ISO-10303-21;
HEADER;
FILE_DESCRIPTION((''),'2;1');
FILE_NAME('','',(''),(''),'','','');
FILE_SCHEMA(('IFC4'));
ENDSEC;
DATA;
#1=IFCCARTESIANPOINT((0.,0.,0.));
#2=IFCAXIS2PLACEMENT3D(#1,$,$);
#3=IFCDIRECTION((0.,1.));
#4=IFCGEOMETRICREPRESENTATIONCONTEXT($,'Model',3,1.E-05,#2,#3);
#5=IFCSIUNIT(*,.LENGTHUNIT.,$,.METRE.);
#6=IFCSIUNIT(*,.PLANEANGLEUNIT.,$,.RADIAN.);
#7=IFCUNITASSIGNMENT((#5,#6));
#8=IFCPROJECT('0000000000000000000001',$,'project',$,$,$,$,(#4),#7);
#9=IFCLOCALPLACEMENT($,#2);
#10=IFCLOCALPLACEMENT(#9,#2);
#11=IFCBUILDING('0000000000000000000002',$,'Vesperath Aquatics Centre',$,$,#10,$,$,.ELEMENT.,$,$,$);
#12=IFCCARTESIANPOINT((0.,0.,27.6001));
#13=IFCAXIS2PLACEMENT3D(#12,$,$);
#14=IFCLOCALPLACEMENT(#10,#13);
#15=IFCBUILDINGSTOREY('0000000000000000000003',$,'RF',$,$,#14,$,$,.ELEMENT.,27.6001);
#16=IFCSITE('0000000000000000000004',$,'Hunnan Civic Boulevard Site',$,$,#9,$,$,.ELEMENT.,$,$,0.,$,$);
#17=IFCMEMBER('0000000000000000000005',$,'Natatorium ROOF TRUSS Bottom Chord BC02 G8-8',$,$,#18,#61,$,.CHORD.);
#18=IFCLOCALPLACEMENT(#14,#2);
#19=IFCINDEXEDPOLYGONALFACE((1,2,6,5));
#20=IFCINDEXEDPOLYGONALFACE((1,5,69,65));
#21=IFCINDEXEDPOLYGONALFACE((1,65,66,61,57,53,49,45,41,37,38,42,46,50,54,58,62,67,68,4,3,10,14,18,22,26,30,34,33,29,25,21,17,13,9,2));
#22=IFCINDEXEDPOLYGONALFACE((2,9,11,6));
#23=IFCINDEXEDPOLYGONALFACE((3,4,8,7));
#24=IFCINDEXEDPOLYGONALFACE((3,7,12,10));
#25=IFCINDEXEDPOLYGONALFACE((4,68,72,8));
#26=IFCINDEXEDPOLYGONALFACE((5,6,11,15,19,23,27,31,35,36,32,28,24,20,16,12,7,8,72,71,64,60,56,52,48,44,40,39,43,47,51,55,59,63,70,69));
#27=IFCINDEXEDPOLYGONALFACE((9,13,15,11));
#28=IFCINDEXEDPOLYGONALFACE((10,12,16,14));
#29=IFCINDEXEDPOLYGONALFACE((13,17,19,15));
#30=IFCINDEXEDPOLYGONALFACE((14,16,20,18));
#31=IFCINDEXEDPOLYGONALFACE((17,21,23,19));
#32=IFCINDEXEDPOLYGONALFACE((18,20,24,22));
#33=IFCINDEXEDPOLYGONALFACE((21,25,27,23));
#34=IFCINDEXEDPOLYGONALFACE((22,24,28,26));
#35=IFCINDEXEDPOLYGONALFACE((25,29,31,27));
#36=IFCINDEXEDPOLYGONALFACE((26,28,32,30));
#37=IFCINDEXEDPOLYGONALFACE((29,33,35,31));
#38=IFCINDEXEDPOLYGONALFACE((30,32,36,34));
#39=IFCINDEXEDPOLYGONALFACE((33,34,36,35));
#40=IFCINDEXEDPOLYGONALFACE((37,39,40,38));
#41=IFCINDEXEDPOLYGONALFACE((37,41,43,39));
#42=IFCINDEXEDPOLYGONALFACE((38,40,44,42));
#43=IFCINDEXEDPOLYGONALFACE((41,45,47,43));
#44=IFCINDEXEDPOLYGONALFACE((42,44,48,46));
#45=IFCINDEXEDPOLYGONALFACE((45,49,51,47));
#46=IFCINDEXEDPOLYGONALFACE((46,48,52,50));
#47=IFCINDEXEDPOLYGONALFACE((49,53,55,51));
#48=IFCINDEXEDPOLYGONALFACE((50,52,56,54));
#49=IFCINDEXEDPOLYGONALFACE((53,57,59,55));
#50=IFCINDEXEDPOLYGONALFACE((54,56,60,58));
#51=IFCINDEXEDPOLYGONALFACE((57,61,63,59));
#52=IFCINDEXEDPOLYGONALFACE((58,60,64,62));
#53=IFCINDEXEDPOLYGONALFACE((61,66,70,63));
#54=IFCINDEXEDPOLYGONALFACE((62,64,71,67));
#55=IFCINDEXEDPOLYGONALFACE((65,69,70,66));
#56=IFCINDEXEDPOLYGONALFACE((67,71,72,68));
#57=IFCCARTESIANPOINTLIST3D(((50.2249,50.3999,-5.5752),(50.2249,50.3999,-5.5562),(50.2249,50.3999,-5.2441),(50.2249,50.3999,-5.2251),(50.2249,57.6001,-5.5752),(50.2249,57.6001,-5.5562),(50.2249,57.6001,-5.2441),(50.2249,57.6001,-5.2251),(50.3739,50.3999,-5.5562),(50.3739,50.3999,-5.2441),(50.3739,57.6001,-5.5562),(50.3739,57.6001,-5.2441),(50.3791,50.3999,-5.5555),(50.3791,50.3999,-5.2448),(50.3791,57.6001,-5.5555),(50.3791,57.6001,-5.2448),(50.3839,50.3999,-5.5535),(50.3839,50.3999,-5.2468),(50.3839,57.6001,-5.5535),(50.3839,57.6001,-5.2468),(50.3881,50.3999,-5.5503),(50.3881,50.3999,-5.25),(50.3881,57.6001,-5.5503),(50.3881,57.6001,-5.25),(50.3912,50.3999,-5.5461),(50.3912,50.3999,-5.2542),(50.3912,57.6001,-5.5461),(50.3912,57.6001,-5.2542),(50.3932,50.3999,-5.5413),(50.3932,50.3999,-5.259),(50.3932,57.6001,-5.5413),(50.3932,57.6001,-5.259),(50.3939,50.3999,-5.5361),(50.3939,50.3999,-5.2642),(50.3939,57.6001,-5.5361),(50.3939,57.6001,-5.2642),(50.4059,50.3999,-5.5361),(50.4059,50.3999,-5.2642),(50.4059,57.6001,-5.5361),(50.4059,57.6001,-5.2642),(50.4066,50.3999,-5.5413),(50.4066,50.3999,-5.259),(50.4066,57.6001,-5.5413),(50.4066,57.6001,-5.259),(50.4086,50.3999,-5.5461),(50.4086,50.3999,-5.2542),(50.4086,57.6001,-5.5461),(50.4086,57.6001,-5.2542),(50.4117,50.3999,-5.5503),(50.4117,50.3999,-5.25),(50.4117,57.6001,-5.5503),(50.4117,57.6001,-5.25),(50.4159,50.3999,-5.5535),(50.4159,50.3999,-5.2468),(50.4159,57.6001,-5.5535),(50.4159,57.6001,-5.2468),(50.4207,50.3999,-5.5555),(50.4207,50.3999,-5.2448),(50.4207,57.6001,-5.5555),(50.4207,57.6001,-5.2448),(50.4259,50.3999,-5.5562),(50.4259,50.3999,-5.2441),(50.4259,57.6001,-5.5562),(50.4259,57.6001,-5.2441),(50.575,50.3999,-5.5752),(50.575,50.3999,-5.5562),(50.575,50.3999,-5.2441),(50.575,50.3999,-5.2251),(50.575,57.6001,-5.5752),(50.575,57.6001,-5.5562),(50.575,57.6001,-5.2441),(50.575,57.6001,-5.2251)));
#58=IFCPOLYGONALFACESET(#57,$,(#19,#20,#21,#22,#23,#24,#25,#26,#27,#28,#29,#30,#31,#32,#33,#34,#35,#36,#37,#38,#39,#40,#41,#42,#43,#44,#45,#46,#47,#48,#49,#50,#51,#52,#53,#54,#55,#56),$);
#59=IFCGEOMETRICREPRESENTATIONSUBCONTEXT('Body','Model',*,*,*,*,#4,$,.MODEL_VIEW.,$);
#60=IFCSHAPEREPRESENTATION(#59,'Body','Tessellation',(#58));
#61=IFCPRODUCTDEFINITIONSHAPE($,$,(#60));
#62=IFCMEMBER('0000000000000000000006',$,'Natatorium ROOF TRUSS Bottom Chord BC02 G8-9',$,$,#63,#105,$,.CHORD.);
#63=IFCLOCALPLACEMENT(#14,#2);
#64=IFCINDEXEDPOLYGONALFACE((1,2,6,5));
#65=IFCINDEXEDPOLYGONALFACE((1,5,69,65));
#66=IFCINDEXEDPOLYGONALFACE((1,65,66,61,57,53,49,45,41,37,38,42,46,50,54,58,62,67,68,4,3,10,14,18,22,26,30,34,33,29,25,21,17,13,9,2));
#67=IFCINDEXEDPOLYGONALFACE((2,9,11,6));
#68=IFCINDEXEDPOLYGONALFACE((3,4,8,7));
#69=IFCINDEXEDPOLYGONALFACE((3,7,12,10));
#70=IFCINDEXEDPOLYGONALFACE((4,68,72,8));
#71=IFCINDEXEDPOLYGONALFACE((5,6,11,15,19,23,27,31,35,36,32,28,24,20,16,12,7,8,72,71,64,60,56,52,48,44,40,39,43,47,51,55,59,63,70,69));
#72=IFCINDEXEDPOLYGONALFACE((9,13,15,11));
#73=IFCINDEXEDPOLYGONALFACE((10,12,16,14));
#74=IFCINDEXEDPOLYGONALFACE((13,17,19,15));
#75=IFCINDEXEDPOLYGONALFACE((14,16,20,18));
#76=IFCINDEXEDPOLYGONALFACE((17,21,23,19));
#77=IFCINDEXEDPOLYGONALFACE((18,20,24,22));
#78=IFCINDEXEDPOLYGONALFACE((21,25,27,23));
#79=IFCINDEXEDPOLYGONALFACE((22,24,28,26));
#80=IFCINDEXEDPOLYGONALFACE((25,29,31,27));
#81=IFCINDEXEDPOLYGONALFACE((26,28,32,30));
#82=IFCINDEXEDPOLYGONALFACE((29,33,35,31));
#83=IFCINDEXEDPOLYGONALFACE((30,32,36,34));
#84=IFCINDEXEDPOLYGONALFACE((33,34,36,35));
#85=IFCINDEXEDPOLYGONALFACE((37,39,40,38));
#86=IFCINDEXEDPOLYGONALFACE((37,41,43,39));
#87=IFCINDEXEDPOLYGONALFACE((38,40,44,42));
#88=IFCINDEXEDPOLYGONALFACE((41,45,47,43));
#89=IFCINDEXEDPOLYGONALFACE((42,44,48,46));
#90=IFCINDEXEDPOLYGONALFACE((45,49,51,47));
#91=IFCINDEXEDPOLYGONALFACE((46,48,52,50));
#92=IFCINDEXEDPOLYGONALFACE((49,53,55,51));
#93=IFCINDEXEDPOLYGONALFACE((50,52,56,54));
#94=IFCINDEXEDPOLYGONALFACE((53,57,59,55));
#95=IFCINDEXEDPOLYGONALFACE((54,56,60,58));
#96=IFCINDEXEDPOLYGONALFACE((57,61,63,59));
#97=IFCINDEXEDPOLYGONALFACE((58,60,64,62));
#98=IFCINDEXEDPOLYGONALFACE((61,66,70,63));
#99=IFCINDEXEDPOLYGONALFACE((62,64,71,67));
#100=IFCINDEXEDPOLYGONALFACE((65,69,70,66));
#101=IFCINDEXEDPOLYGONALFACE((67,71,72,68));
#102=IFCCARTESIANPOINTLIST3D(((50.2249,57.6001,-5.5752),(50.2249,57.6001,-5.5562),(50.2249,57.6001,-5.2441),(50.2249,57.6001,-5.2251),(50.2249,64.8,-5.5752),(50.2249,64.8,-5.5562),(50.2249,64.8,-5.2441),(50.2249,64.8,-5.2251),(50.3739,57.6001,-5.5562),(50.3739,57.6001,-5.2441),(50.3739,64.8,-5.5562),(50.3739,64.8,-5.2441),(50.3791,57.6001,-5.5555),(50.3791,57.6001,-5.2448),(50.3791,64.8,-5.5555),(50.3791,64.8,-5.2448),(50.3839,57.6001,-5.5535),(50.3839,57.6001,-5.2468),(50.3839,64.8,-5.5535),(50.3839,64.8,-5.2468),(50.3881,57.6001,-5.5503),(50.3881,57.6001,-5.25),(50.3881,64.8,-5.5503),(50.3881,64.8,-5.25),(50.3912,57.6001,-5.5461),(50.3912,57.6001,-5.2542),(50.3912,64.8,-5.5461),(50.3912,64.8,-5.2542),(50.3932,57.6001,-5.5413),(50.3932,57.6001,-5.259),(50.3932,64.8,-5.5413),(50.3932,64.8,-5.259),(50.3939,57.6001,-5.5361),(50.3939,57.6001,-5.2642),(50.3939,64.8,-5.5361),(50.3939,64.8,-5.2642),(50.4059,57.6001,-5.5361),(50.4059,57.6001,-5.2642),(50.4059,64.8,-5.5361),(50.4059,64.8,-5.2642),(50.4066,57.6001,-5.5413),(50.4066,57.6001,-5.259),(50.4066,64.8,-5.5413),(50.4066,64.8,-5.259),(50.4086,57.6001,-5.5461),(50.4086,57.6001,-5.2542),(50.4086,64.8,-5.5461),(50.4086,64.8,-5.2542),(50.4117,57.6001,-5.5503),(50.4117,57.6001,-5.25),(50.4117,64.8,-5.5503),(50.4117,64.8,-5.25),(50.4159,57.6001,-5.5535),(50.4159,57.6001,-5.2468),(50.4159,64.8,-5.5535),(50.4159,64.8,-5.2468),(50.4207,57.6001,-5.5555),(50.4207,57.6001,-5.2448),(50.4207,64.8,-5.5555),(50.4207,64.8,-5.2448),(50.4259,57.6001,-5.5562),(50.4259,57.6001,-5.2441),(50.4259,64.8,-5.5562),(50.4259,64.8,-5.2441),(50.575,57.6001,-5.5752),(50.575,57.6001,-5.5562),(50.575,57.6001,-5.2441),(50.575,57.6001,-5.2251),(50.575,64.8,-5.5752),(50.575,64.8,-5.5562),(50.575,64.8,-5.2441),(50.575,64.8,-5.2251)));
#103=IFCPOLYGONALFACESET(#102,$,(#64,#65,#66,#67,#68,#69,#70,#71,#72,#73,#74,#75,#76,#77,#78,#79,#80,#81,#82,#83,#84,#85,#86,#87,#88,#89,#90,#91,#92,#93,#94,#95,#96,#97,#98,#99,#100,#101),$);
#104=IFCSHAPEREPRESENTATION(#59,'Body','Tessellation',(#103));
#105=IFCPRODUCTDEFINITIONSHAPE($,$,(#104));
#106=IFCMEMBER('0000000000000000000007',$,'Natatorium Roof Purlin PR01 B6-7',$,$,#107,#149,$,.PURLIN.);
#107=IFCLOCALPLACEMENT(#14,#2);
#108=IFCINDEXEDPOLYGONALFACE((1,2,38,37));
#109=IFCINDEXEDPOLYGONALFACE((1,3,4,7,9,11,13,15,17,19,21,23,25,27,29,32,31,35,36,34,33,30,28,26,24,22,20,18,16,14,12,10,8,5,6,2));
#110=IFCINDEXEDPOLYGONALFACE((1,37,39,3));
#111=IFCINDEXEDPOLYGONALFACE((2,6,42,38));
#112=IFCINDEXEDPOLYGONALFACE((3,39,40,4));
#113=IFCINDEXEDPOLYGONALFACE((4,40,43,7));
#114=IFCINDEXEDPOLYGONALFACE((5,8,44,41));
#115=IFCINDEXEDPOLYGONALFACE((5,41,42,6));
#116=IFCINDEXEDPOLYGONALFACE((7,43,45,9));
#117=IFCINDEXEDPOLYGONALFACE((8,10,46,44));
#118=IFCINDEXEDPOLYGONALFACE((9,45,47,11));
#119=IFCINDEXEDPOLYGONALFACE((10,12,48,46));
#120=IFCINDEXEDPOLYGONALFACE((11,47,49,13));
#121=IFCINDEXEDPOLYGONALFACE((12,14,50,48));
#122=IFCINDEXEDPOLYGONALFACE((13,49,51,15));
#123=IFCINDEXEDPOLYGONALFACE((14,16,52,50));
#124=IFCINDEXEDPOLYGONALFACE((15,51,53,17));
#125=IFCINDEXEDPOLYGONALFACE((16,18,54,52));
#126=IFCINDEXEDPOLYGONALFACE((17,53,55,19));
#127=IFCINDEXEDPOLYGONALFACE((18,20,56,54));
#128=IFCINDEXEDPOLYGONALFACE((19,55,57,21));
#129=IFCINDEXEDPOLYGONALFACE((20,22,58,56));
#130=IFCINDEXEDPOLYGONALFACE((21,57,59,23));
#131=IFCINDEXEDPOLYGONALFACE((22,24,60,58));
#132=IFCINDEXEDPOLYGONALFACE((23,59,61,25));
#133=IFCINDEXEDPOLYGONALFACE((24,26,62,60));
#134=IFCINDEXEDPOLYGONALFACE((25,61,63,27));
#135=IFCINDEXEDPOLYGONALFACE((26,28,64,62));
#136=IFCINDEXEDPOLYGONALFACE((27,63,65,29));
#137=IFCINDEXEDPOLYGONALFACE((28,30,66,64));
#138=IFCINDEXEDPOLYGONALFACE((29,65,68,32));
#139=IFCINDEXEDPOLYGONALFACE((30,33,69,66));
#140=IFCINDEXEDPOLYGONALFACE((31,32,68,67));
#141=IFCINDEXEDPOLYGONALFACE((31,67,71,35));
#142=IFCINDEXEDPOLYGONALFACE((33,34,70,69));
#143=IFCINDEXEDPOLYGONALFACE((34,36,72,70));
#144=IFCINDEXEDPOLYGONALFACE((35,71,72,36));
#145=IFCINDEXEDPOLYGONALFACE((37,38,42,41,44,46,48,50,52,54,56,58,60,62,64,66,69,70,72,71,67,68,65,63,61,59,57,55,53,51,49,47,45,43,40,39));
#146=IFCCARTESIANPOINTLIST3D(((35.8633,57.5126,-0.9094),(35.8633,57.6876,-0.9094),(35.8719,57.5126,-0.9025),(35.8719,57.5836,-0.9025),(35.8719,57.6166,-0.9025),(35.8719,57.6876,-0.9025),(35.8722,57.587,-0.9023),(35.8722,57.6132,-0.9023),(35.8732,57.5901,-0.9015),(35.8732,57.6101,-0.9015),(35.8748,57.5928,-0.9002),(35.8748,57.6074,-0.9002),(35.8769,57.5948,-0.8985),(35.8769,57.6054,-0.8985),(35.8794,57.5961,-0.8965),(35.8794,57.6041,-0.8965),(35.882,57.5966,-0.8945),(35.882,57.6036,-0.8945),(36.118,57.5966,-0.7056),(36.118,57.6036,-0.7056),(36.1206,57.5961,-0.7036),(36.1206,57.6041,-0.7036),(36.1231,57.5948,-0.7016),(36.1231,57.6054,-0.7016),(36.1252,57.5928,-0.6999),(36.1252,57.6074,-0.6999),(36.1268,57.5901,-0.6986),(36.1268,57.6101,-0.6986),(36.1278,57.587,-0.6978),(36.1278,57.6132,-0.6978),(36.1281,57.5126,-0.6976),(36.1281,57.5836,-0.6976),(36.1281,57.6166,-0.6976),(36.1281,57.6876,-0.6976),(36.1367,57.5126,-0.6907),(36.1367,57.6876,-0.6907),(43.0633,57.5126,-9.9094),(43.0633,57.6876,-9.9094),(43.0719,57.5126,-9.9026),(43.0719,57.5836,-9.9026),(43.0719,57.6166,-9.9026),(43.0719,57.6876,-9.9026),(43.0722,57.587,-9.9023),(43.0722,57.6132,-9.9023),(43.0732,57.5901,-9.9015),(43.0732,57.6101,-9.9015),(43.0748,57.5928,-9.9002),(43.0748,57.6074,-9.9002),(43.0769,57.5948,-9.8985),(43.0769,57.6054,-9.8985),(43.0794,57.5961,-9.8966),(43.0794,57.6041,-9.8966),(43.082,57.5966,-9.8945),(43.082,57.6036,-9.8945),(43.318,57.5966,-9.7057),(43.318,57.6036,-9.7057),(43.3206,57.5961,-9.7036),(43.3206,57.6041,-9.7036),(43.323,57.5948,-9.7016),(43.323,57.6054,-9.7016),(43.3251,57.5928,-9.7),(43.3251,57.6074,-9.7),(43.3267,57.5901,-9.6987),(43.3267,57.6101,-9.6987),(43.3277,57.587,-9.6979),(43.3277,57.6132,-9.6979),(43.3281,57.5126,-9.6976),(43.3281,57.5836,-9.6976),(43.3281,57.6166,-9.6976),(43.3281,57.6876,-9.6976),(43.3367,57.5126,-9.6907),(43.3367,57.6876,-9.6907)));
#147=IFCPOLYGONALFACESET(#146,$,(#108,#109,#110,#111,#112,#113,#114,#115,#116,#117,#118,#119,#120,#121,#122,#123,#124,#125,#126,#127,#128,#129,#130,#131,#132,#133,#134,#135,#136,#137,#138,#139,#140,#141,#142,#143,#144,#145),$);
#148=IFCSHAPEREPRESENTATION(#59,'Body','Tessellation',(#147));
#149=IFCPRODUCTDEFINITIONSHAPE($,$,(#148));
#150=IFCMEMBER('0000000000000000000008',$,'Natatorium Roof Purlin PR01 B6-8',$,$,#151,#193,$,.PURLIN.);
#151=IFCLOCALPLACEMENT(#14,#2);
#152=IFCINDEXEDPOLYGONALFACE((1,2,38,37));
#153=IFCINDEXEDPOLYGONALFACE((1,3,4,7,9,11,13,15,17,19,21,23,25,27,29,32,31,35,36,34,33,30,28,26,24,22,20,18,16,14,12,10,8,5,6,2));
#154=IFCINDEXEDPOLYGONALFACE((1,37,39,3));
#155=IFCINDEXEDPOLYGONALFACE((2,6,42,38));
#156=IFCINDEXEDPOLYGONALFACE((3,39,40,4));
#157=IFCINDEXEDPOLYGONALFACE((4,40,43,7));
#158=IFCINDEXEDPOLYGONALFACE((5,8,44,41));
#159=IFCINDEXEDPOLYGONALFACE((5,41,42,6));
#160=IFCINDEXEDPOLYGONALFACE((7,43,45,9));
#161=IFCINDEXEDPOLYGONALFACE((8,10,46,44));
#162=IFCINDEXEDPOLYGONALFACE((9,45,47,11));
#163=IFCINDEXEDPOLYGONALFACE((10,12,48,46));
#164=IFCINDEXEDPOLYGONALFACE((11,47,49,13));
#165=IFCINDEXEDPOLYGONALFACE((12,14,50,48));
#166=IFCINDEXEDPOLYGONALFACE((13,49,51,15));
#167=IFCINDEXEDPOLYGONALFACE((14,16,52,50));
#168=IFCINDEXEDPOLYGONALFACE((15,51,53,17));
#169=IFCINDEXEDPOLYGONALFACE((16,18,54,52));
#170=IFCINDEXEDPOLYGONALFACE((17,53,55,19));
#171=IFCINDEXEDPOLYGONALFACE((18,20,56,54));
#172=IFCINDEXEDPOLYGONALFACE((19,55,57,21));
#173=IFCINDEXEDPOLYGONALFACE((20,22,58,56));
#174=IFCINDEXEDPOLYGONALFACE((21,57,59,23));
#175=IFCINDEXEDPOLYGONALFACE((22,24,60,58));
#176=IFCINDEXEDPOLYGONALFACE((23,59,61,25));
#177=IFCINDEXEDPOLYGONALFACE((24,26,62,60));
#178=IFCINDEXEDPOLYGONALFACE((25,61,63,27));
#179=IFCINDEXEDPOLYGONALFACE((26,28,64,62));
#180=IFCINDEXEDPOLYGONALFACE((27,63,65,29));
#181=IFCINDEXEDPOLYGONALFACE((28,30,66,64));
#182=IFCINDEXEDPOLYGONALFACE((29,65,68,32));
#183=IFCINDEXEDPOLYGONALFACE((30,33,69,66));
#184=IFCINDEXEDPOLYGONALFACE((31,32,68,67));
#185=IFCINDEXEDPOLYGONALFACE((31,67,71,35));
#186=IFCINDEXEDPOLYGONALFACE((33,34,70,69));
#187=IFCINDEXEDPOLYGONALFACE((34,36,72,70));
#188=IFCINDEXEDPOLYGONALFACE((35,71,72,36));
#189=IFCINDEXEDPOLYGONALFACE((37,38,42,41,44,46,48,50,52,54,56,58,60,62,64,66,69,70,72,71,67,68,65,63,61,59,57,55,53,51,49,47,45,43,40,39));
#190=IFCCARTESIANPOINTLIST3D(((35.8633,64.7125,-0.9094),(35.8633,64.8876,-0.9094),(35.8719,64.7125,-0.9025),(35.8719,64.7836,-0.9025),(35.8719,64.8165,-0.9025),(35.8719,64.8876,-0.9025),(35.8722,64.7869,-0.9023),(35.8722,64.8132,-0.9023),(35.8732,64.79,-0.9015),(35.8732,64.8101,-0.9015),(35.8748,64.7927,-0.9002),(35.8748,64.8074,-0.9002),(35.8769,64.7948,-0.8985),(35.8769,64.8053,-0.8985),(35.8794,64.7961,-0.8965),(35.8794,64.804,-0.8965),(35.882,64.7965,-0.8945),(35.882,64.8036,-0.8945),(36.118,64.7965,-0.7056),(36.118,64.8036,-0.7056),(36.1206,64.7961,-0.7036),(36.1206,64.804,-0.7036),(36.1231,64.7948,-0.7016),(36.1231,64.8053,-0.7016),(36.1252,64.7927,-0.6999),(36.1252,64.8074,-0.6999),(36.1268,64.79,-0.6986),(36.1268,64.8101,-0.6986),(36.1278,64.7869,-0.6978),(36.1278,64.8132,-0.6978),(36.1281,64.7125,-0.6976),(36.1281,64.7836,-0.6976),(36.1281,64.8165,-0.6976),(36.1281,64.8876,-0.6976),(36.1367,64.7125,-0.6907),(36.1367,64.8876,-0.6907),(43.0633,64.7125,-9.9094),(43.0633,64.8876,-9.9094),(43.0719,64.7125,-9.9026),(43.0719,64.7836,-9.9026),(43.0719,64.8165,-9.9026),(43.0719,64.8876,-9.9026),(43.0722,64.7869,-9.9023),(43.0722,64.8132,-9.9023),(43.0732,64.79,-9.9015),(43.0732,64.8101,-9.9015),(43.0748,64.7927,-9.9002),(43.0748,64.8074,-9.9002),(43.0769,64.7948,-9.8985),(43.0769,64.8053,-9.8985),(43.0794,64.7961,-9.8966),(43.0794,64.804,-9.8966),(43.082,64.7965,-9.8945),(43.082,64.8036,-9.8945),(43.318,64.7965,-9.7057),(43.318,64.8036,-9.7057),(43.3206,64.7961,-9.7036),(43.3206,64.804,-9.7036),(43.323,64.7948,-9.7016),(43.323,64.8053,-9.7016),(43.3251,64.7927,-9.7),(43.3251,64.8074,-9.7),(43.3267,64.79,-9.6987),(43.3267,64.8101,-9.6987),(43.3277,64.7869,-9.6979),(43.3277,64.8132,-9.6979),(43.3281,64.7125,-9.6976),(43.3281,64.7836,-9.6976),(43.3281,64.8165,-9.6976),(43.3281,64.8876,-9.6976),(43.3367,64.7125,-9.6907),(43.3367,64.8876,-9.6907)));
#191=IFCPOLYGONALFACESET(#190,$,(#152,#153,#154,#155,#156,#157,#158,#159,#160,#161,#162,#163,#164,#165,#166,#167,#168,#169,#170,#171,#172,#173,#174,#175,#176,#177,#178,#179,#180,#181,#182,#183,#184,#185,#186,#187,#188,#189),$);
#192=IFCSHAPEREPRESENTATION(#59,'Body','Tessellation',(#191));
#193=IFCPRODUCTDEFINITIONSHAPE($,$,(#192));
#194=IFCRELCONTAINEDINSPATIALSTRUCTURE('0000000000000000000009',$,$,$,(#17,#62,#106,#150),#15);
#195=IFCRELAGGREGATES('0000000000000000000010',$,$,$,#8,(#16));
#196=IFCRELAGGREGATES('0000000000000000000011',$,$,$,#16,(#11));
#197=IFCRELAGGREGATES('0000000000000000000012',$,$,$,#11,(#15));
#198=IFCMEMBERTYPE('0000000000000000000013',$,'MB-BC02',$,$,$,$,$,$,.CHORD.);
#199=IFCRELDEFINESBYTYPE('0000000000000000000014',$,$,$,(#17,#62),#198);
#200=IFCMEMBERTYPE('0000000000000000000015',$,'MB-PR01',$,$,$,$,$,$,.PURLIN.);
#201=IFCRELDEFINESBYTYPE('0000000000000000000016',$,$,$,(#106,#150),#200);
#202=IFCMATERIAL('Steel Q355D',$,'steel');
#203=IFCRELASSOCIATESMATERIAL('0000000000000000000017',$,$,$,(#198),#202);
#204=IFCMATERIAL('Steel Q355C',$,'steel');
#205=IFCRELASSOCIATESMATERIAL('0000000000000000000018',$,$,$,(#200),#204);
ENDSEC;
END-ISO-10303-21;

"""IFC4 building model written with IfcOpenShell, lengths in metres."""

from ifc_helpers import new_model, si_unit, direction, frame, origin, origin_2d, place, context, subcontext, project, spatial, i_section, extrude, material, material_profile, profile_set, type_object, element, save


model = new_model("IFC4")

# Units and contexts
model_context = context("Model", 3, precision=1e-05, world=origin(), true_north=direction((0.0, 1.0)))
body_context = subcontext(model_context, "Body", "Model", "MODEL_VIEW")
ifc_project = project(units=[si_unit("LENGTHUNIT", "METRE"), si_unit("PLANEANGLEUNIT", "RADIAN")], contexts=[model_context])

# Site, building, storey
site_placement = place(None, origin())
site = spatial("IfcSite", under=ifc_project, at=site_placement, Name="Hunnan Civic Boulevard Site", CompositionType="ELEMENT", RefElevation=0.0)
building_placement = place(site_placement, origin())
building = spatial("IfcBuilding", under=site, at=building_placement, Name="Vesperath Aquatics Centre", CompositionType="ELEMENT")
storey_placement = place(building_placement, frame((0.0, 0.0, 27.6001)))
storey = spatial("IfcBuildingStorey", under=building, at=storey_placement, Name="RF", CompositionType="ELEMENT", Elevation=27.6001)

# Shared definitions
ifc_material_1 = material(Name="Steel Q355C", Category="steel")

# Members
ifc_material_2 = material(Name="Steel Q355D", Category="steel")
ifc_material_profile_1 = material_profile(ifc_material_2, i_section(OverallWidth=0.3501, OverallDepth=0.3501, WebThickness=0.012, FlangeThickness=0.019, FilletRadius=0.02, at=origin_2d()), Name="HW 350x350x12x19")
ifc_profile_set_1 = profile_set([ifc_material_profile_1], Name="Steel Q355D")
member_type_1 = type_object("IfcMemberType", Name="MB-BC02", PredefinedType="CHORD", material=ifc_profile_set_1)
member_1_placement = place(storey_placement, frame((50.3999, 50.3999, -5.4001), z_axis=(0.0, 1.0, 0.0), x_axis=(-1.0, 0.0, 0.0)))
element("IfcMember", 1, at=member_1_placement, inside=storey, type_object=member_type_1, Name="Natatorium ROOF TRUSS Bottom Chord BC02 G8-8", PredefinedType="CHORD", context=body_context, shape_type="SweptSolid", body=[
    extrude(i_section(OverallWidth=0.3501, OverallDepth=0.3501, WebThickness=0.012, FlangeThickness=0.019, FilletRadius=0.02, at=origin_2d()), origin(), (0.0, 0.0, 1.0), 7.2002),
])
member_2_placement = place(storey_placement, frame((50.3999, 57.6001, -5.4001), z_axis=(0.0, 1.0, 0.0), x_axis=(-1.0, 0.0, 0.0)))
element("IfcMember", 2, at=member_2_placement, inside=storey, type_object=member_type_1, Name="Natatorium ROOF TRUSS Bottom Chord BC02 G8-9", PredefinedType="CHORD", context=body_context, shape_type="SweptSolid", body=[
    extrude(i_section(OverallWidth=0.3501, OverallDepth=0.3501, WebThickness=0.012, FlangeThickness=0.019, FilletRadius=0.02, at=origin_2d()), origin(), (0.0, 0.0, 1.0), 7.2),
])
ifc_material_profile_2 = material_profile(ifc_material_1, i_section(OverallWidth=0.175, OverallDepth=0.3501, WebThickness=0.0071, FlangeThickness=0.011, FilletRadius=0.0129, at=origin_2d()), Name="HN 350x175x7x11")
ifc_profile_set_2 = profile_set([ifc_material_profile_2], Name="Steel Q355C")
member_type_2 = type_object("IfcMemberType", Name="MB-PR01", PredefinedType="PURLIN", material=ifc_profile_set_2)
for number, where, z_axis, x_axis, name in (
    (3, (36.0, 57.6001, -0.8), (0.624692, 0.0, -0.780871), (0.0, 1.0, 0.0), "Natatorium Roof Purlin PR01 B6-7"),
    (4, (36.0, 64.8, -0.8), (0.624692, 0.0, -0.780871), (0.0, 1.0, 0.0), "Natatorium Roof Purlin PR01 B6-8"),
):
    element("IfcMember", number, at=place(storey_placement, frame(where, z_axis=z_axis, x_axis=x_axis)), inside=storey, type_object=member_type_2, Name=name, PredefinedType="PURLIN", context=body_context, shape_type="SweptSolid", body=[
        extrude(i_section(OverallWidth=0.175, OverallDepth=0.3501, WebThickness=0.0071, FlangeThickness=0.011, FilletRadius=0.0129, at=origin_2d()), origin(), (0.0, 0.0, 1.0), 11.5256),
    ])

save(model, "model.ifc")
